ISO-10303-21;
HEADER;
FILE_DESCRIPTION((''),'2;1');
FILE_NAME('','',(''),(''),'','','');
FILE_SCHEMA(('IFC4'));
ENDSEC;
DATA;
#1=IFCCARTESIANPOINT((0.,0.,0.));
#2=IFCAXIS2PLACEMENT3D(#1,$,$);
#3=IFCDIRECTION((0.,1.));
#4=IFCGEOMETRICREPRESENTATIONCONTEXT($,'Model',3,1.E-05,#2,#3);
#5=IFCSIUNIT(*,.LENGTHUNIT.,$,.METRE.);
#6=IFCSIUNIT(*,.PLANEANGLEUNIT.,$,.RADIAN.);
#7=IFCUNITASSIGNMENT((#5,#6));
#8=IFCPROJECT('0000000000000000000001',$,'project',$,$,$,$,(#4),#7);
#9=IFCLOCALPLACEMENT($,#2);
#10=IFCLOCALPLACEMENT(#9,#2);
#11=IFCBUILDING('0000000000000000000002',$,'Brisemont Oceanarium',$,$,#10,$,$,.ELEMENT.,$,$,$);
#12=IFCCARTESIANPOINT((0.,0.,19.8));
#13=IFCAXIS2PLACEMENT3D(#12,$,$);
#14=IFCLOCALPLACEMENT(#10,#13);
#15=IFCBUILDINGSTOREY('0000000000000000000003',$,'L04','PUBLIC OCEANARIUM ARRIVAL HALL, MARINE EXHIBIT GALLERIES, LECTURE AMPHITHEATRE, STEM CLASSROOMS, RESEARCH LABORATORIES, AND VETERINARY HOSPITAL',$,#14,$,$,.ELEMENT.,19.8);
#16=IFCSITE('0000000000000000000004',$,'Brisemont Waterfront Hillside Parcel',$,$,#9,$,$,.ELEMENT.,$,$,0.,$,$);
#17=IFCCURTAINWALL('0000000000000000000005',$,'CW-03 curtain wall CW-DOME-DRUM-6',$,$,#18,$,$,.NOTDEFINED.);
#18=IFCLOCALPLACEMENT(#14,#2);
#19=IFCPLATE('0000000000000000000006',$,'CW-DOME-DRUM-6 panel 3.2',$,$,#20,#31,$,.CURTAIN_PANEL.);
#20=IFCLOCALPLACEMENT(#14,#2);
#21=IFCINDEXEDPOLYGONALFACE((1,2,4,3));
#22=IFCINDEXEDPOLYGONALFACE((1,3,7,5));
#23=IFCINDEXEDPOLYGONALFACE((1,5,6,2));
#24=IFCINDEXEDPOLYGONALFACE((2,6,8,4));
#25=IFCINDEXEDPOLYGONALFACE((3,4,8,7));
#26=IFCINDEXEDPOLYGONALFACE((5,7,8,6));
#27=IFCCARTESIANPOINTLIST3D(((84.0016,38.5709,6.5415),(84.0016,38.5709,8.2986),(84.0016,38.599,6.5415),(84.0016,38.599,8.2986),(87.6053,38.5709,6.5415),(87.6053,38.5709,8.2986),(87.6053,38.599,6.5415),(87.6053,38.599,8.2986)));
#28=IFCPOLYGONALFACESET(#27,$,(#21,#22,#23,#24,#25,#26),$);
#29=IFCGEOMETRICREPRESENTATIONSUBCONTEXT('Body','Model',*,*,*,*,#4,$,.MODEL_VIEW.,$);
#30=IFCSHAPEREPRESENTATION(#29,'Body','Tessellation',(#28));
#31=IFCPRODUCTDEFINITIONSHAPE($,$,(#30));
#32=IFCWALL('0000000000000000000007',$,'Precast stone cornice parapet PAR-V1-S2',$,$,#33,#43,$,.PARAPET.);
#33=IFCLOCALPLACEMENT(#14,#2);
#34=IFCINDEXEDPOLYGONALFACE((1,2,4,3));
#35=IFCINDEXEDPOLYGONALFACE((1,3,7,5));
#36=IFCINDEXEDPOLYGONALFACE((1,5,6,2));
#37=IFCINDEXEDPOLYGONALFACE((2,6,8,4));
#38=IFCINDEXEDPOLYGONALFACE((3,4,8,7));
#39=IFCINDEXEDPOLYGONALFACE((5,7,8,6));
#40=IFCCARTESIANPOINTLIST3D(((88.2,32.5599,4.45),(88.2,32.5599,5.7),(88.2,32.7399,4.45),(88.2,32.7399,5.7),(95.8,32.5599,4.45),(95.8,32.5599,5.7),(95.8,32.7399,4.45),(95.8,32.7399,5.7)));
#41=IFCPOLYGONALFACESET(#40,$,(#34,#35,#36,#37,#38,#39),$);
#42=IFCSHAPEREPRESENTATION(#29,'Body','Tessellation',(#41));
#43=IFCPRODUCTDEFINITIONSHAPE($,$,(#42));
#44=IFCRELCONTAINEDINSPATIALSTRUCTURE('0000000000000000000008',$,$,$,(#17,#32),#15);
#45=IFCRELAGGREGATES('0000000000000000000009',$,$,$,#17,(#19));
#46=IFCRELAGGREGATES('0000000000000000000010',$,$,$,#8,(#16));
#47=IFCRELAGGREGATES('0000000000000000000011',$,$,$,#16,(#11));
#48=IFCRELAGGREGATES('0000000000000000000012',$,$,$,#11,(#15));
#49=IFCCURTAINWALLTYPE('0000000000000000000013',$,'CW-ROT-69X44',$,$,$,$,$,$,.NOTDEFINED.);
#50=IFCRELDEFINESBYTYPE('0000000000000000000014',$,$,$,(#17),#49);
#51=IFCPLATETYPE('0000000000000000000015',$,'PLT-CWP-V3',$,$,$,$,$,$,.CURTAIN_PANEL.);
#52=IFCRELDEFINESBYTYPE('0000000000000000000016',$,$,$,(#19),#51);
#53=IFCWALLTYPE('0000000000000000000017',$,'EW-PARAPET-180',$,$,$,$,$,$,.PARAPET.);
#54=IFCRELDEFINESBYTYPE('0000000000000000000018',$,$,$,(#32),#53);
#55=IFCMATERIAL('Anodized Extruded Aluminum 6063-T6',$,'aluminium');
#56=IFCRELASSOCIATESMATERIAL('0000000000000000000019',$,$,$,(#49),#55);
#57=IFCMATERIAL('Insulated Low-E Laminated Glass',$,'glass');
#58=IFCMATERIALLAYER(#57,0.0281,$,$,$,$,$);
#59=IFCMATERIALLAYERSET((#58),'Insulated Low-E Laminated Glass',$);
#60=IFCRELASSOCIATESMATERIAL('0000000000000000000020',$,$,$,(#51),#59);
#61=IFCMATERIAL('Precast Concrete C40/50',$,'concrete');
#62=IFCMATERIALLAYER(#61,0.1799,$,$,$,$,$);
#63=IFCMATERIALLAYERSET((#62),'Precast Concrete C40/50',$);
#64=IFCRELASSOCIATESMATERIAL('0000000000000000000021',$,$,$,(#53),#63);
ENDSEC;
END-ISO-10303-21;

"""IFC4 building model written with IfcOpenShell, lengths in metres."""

from ifc_helpers import new_model, si_unit, direction, frame, frame_2d, origin, origin_2d, place, context, subcontext, project, spatial, rectangle, extrude, material, layer, layer_set, type_object, element, aggregate, save


model = new_model("IFC4")

# Units and contexts
model_context = context("Model", 3, precision=1e-05, world=origin(), true_north=direction((0.0, 1.0)))
body_context = subcontext(model_context, "Body", "Model", "MODEL_VIEW")
ifc_project = project(units=[si_unit("LENGTHUNIT", "METRE"), si_unit("PLANEANGLEUNIT", "RADIAN")], contexts=[model_context])

# Site, building, storey
site_placement = place(None, origin())
site = spatial("IfcSite", under=ifc_project, at=site_placement, Name="Brisemont Waterfront Hillside Parcel", CompositionType="ELEMENT", RefElevation=0.0)
building_placement = place(site_placement, origin())
building = spatial("IfcBuilding", under=site, at=building_placement, Name="Brisemont Oceanarium", CompositionType="ELEMENT")
storey_placement = place(building_placement, frame((0.0, 0.0, 19.8)))
storey = spatial("IfcBuildingStorey", under=building, at=storey_placement, Name="L04", Description="PUBLIC OCEANARIUM ARRIVAL HALL, MARINE EXHIBIT GALLERIES, LECTURE AMPHITHEATRE, STEM CLASSROOMS, RESEARCH LABORATORIES, AND VETERINARY HOSPITAL", CompositionType="ELEMENT", Elevation=19.8)

# Shared definitions
ifc_material_1 = material(Name="Anodized Extruded Aluminum 6063-T6", Category="aluminium")
curtain_wall_type = type_object("IfcCurtainWallType", Name="CW-ROT-69X44", PredefinedType="NOTDEFINED", material=ifc_material_1)

# Curtain wall
curtain_wall_1_placement = place(storey_placement, origin())
curtain_wall_1 = element("IfcCurtainWall", 1, at=curtain_wall_1_placement, inside=storey, type_object=curtain_wall_type, Name="CW-03 curtain wall CW-DOME-DRUM-6", PredefinedType="NOTDEFINED")

# Plate
ifc_material_2 = material(Name="Insulated Low-E Laminated Glass", Category="glass")
ifc_layer_1 = layer(ifc_material_2, 0.0281)
ifc_layer_set_1 = layer_set([ifc_layer_1], Name="Insulated Low-E Laminated Glass")
plate_type = type_object("IfcPlateType", Name="PLT-CWP-V3", PredefinedType="CURTAIN_PANEL", material=ifc_layer_set_1)
plate_1_placement = place(storey_placement, frame((85.8035, 38.585, 6.5415), z_axis=(0.0, 0.0, 1.0), x_axis=(1.0, 0.0, 0.0)))
plate_1 = element("IfcPlate", 2, at=plate_1_placement, type_object=plate_type, Name="CW-DOME-DRUM-6 panel 3.2", PredefinedType="CURTAIN_PANEL", context=body_context, shape_type="SweptSolid", body=[
    extrude(rectangle(XDim=3.6038, YDim=0.0281, at=origin_2d()), origin(), (0.0, 0.0, 1.0), 1.7571),
])
aggregate(curtain_wall_1, [plate_1])

# Wall
ifc_material_3 = material(Name="Precast Concrete C40/50", Category="concrete")
ifc_layer_2 = layer(ifc_material_3, 0.1799)
ifc_layer_set_2 = layer_set([ifc_layer_2], Name="Precast Concrete C40/50")
wall_type = type_object("IfcWallType", Name="EW-PARAPET-180", PredefinedType="PARAPET", material=ifc_layer_set_2)
wall_placement = place(storey_placement, frame((88.2, 32.6499, 4.45), z_axis=(0.0, 0.0, 1.0), x_axis=(1.0, 0.0, 0.0)))
element("IfcWall", 3, at=wall_placement, inside=storey, type_object=wall_type, Name="Precast stone cornice parapet PAR-V1-S2", PredefinedType="PARAPET", context=body_context, shape_type="SweptSolid", body=[
    extrude(rectangle(XDim=7.6001, YDim=0.1799, at=frame_2d((3.8, 0.0))), origin(), (0.0, 0.0, 1.0), 1.25),
])

save(model, "model.ifc")
